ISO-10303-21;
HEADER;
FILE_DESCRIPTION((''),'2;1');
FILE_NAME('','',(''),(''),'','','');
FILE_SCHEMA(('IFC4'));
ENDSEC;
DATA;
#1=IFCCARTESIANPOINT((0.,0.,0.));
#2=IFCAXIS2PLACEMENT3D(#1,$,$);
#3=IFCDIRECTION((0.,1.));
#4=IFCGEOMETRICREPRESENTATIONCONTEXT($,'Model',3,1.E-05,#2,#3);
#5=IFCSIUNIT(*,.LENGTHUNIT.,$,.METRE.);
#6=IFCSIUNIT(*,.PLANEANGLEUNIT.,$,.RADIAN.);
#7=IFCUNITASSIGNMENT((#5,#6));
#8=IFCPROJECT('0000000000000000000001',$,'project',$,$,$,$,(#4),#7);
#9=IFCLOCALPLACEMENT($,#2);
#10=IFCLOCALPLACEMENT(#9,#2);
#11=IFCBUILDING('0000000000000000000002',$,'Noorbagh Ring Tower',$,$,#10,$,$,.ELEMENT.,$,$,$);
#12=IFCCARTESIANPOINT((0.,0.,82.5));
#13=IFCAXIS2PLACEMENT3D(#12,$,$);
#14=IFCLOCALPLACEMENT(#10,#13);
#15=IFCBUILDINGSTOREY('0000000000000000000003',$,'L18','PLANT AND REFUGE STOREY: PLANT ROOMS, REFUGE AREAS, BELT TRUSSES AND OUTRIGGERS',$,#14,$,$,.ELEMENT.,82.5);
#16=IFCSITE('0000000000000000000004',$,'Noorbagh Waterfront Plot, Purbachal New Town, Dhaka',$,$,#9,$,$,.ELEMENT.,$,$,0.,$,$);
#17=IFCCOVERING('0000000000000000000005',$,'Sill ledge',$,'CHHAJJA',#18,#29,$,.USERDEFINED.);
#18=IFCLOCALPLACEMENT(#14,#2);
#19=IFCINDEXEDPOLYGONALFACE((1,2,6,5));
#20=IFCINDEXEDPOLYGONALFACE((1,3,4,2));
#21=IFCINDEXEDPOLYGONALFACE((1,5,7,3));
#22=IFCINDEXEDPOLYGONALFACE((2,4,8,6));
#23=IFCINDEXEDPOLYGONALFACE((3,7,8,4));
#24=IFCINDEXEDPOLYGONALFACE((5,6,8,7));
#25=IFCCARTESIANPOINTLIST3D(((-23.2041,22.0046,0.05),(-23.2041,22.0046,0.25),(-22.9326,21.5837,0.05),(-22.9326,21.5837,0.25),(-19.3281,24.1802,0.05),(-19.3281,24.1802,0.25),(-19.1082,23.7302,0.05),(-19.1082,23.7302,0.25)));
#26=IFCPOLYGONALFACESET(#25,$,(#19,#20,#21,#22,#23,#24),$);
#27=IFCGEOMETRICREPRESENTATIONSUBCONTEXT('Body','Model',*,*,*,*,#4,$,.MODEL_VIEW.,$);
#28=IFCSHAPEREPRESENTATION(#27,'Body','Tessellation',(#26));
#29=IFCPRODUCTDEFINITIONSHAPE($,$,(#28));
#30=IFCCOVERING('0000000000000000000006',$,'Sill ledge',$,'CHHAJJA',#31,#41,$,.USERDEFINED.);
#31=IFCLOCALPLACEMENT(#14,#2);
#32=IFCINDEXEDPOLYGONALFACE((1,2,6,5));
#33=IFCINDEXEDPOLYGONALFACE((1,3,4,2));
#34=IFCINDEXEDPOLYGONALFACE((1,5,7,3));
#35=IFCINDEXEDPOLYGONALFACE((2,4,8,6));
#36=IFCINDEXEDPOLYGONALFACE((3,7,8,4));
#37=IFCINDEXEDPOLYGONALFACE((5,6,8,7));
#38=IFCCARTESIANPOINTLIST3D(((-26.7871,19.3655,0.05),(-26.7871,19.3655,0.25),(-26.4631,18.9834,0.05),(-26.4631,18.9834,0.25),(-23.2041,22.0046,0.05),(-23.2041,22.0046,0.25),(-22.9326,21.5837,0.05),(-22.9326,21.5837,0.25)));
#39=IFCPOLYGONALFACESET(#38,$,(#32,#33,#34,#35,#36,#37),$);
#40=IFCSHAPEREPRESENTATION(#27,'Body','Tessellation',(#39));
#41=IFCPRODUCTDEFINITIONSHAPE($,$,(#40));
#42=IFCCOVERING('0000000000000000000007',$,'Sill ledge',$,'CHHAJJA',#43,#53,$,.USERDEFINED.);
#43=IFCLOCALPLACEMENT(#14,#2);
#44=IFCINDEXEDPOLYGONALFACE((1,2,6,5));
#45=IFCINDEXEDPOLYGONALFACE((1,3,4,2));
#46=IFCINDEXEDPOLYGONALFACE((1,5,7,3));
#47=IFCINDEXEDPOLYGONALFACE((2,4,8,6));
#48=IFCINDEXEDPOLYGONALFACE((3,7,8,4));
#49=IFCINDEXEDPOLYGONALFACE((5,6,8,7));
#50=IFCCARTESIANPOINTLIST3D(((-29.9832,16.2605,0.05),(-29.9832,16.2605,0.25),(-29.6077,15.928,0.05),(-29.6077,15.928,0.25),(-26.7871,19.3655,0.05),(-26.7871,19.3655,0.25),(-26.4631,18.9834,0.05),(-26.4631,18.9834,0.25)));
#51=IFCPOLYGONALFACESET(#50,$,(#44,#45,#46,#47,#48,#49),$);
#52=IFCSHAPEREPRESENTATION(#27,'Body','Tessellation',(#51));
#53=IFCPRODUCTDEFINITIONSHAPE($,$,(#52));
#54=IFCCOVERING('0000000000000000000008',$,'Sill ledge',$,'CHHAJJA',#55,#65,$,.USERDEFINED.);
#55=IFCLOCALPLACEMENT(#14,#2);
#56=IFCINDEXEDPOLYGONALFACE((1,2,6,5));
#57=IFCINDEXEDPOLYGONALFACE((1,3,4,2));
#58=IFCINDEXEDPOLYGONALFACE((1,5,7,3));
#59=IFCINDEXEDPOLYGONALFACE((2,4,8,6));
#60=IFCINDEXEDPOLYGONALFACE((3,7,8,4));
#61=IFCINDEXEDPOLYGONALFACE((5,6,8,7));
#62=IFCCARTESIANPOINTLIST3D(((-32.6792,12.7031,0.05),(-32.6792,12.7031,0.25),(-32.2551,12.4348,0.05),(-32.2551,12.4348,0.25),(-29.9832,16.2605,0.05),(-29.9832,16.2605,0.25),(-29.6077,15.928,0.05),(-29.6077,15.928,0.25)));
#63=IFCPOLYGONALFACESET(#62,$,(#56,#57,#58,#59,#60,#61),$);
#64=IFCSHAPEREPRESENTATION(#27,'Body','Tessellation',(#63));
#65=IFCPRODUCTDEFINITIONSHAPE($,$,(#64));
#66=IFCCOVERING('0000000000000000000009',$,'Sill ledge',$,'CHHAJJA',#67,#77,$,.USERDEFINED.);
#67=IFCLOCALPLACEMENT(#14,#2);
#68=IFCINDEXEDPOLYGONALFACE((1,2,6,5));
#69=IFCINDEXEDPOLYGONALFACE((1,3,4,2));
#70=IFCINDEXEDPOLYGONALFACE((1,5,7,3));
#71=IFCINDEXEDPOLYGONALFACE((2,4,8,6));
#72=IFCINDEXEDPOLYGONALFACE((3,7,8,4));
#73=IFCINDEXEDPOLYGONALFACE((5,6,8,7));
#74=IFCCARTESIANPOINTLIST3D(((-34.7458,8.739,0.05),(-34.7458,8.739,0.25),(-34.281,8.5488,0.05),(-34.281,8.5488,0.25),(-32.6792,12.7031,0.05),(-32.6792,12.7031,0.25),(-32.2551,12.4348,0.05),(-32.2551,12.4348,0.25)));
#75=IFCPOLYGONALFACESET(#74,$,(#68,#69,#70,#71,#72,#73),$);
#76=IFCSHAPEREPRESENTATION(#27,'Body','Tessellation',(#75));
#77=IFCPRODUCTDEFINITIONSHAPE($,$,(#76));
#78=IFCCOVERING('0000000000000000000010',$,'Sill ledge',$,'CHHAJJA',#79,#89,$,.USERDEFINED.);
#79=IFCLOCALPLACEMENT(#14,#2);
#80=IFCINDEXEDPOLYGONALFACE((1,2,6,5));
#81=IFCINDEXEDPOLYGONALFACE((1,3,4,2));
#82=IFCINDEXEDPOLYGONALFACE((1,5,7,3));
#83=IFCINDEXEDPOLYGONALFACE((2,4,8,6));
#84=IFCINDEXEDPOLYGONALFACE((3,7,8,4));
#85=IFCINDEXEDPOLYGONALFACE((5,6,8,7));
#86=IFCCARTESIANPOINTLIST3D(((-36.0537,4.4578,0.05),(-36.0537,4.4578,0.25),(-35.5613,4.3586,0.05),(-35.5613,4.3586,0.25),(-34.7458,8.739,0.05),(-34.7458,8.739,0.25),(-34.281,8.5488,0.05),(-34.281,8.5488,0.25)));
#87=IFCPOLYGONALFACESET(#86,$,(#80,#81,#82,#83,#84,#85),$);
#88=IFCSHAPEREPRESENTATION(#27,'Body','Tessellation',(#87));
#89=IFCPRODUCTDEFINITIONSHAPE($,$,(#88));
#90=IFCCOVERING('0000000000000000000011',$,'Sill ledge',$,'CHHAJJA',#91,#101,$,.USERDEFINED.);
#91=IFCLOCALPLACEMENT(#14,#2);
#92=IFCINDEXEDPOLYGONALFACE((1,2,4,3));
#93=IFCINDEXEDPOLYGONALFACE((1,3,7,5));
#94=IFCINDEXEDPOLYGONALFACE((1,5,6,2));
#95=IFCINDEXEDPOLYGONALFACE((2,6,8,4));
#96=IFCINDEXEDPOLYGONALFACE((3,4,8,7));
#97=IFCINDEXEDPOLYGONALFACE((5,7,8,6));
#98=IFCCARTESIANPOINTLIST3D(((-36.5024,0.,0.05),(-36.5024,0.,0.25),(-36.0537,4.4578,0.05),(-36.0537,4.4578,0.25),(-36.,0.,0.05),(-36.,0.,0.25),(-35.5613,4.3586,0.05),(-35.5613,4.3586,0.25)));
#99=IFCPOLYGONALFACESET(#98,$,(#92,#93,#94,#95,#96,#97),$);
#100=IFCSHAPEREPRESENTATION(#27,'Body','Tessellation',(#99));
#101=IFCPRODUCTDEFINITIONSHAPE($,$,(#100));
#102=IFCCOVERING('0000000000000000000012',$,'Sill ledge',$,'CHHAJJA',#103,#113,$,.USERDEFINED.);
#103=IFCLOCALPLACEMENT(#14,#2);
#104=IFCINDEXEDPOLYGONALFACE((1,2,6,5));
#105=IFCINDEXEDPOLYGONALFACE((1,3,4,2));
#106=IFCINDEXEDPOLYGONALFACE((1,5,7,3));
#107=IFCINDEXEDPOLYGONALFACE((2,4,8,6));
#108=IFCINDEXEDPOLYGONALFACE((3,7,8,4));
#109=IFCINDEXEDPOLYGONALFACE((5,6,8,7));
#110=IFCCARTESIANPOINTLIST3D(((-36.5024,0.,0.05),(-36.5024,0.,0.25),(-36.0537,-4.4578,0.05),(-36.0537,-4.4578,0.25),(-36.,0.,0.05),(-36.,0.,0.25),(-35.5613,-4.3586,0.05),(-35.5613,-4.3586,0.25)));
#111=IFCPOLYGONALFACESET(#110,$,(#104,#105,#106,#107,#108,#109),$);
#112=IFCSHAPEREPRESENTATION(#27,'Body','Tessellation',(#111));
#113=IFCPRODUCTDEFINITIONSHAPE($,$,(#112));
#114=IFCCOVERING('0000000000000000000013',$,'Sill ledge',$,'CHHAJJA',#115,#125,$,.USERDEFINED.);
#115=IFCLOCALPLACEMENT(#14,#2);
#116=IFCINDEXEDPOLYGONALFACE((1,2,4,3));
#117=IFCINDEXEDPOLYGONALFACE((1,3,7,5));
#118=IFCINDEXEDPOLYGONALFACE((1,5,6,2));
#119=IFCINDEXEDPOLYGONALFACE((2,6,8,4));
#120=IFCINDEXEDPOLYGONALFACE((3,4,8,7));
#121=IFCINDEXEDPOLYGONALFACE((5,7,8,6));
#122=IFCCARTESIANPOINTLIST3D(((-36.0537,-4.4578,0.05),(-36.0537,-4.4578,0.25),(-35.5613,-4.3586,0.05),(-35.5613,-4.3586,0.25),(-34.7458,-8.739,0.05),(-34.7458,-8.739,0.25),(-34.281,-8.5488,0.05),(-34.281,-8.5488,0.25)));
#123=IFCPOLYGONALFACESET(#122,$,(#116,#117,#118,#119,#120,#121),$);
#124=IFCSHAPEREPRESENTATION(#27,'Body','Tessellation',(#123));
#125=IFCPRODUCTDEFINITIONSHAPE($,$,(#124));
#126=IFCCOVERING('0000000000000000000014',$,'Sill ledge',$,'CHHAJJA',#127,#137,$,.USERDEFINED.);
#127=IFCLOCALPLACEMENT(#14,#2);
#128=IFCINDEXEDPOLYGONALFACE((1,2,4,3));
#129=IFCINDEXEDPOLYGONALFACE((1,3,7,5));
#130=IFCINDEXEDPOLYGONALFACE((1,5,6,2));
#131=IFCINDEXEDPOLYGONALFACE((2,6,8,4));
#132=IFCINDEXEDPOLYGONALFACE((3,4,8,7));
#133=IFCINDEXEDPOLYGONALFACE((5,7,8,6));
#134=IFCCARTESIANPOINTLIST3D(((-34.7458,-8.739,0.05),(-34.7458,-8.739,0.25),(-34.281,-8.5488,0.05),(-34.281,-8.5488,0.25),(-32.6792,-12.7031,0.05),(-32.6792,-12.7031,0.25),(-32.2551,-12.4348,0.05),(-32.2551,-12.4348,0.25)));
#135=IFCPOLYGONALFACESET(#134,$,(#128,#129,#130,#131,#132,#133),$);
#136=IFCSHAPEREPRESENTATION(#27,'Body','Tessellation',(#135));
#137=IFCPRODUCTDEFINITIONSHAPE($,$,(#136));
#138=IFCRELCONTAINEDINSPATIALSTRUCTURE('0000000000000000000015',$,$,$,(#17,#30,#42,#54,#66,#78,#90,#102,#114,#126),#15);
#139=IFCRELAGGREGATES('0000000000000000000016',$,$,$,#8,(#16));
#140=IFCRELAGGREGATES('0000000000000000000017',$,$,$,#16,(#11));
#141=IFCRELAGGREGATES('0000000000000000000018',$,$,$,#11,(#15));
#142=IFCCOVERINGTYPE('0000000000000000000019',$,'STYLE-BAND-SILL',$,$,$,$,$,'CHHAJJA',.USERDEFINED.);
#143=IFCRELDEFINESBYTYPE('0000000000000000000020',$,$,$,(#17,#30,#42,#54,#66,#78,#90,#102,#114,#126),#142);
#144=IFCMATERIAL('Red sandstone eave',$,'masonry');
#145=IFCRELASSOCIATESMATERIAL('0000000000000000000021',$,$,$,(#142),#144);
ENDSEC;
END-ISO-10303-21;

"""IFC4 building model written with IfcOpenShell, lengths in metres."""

from ifc_helpers import new_model, si_unit, direction, frame, origin, place, context, subcontext, project, spatial, polyline, outline, extrude, material, type_object, element, save


model = new_model("IFC4")

# Units and contexts
model_context = context("Model", 3, precision=1e-05, world=origin(), true_north=direction((0.0, 1.0)))
body_context = subcontext(model_context, "Body", "Model", "MODEL_VIEW")
ifc_project = project(units=[si_unit("LENGTHUNIT", "METRE"), si_unit("PLANEANGLEUNIT", "RADIAN")], contexts=[model_context])

# Site, building, storey
site_placement = place(None, origin())
site = spatial("IfcSite", under=ifc_project, at=site_placement, Name="Noorbagh Waterfront Plot, Purbachal New Town, Dhaka", CompositionType="ELEMENT", RefElevation=0.0)
building_placement = place(site_placement, origin())
building = spatial("IfcBuilding", under=site, at=building_placement, Name="Noorbagh Ring Tower", CompositionType="ELEMENT")
storey_placement = place(building_placement, frame((0.0, 0.0, 82.5)))
storey = spatial("IfcBuildingStorey", under=building, at=storey_placement, Name="L18", Description="PLANT AND REFUGE STOREY: PLANT ROOMS, REFUGE AREAS, BELT TRUSSES AND OUTRIGGERS", CompositionType="ELEMENT", Elevation=82.5)

# Coverings
ifc_material_1 = material(Name="Red sandstone eave", Category="masonry")
covering_type_1 = type_object("IfcCoveringType", Name="STYLE-BAND-SILL", ElementType="CHHAJJA", PredefinedType="USERDEFINED", material=ifc_material_1)
covering_1_placement = place(storey_placement, frame((0.0, 0.0, 0.05)))
element("IfcCovering", 1, at=covering_1_placement, inside=storey, type_object=covering_type_1, Name="Sill ledge", ObjectType="CHHAJJA", PredefinedType="USERDEFINED", context=body_context, shape_type="SweptSolid", body=[
    extrude(outline(polyline([(-19.1082, 23.7302), (-22.9326, 21.5837), (-23.2041, 22.0046), (-19.3281, 24.1802), (-19.1082, 23.7302)])), origin(), (0.0, 0.0, 1.0), 0.2),
])
covering_2_placement = place(storey_placement, frame((0.0, 0.0, 0.05)))
element("IfcCovering", 2, at=covering_2_placement, inside=storey, type_object=covering_type_1, Name="Sill ledge", ObjectType="CHHAJJA", PredefinedType="USERDEFINED", context=body_context, shape_type="SweptSolid", body=[
    extrude(outline(polyline([(-22.9326, 21.5837), (-26.4631, 18.9834), (-26.7871, 19.3655), (-23.2041, 22.0046), (-22.9326, 21.5837)])), origin(), (0.0, 0.0, 1.0), 0.2),
])
covering_3_placement = place(storey_placement, frame((0.0, 0.0, 0.05)))
element("IfcCovering", 3, at=covering_3_placement, inside=storey, type_object=covering_type_1, Name="Sill ledge", ObjectType="CHHAJJA", PredefinedType="USERDEFINED", context=body_context, shape_type="SweptSolid", body=[
    extrude(outline(polyline([(-26.4631, 18.9834), (-29.6077, 15.928), (-29.9832, 16.2605), (-26.7871, 19.3655), (-26.4631, 18.9834)])), origin(), (0.0, 0.0, 1.0), 0.2),
])
covering_4_placement = place(storey_placement, frame((0.0, 0.0, 0.05)))
element("IfcCovering", 4, at=covering_4_placement, inside=storey, type_object=covering_type_1, Name="Sill ledge", ObjectType="CHHAJJA", PredefinedType="USERDEFINED", context=body_context, shape_type="SweptSolid", body=[
    extrude(outline(polyline([(-29.6077, 15.928), (-32.2551, 12.4348), (-32.6792, 12.7031), (-29.9832, 16.2605), (-29.6077, 15.928)])), origin(), (0.0, 0.0, 1.0), 0.2),
])
covering_5_placement = place(storey_placement, frame((0.0, 0.0, 0.05)))
element("IfcCovering", 5, at=covering_5_placement, inside=storey, type_object=covering_type_1, Name="Sill ledge", ObjectType="CHHAJJA", PredefinedType="USERDEFINED", context=body_context, shape_type="SweptSolid", body=[
    extrude(outline(polyline([(-32.2551, 12.4348), (-34.281, 8.5488), (-34.7458, 8.739), (-32.6792, 12.7031), (-32.2551, 12.4348)])), origin(), (0.0, 0.0, 1.0), 0.2),
])
covering_6_placement = place(storey_placement, frame((0.0, 0.0, 0.05)))
element("IfcCovering", 6, at=covering_6_placement, inside=storey, type_object=covering_type_1, Name="Sill ledge", ObjectType="CHHAJJA", PredefinedType="USERDEFINED", context=body_context, shape_type="SweptSolid", body=[
    extrude(outline(polyline([(-34.281, 8.5488), (-35.5613, 4.3586), (-36.0537, 4.4578), (-34.7458, 8.739), (-34.281, 8.5488)])), origin(), (0.0, 0.0, 1.0), 0.2),
])
covering_7_placement = place(storey_placement, frame((0.0, 0.0, 0.05)))
element("IfcCovering", 7, at=covering_7_placement, inside=storey, type_object=covering_type_1, Name="Sill ledge", ObjectType="CHHAJJA", PredefinedType="USERDEFINED", context=body_context, shape_type="SweptSolid", body=[
    extrude(outline(polyline([(-35.5613, 4.3586), (-36.0, 0.0), (-36.5024, 0.0), (-36.0537, 4.4578), (-35.5613, 4.3586)])), origin(), (0.0, 0.0, 1.0), 0.2),
])
covering_8_placement = place(storey_placement, frame((0.0, 0.0, 0.05)))
element("IfcCovering", 8, at=covering_8_placement, inside=storey, type_object=covering_type_1, Name="Sill ledge", ObjectType="CHHAJJA", PredefinedType="USERDEFINED", context=body_context, shape_type="SweptSolid", body=[
    extrude(outline(polyline([(-36.0, 0.0), (-35.5613, -4.3586), (-36.0537, -4.4578), (-36.5024, 0.0), (-36.0, 0.0)])), origin(), (0.0, 0.0, 1.0), 0.2),
])
covering_9_placement = place(storey_placement, frame((0.0, 0.0, 0.05)))
element("IfcCovering", 9, at=covering_9_placement, inside=storey, type_object=covering_type_1, Name="Sill ledge", ObjectType="CHHAJJA", PredefinedType="USERDEFINED", context=body_context, shape_type="SweptSolid", body=[
    extrude(outline(polyline([(-35.5613, -4.3586), (-34.281, -8.5488), (-34.7458, -8.739), (-36.0537, -4.4578), (-35.5613, -4.3586)])), origin(), (0.0, 0.0, 1.0), 0.2),
])
covering_10_placement = place(storey_placement, frame((0.0, 0.0, 0.05)))
element("IfcCovering", 10, at=covering_10_placement, inside=storey, type_object=covering_type_1, Name="Sill ledge", ObjectType="CHHAJJA", PredefinedType="USERDEFINED", context=body_context, shape_type="SweptSolid", body=[
    extrude(outline(polyline([(-34.281, -8.5488), (-32.2551, -12.4348), (-32.6792, -12.7031), (-34.7458, -8.739), (-34.281, -8.5488)])), origin(), (0.0, 0.0, 1.0), 0.2),
])

save(model, "model.ifc")
